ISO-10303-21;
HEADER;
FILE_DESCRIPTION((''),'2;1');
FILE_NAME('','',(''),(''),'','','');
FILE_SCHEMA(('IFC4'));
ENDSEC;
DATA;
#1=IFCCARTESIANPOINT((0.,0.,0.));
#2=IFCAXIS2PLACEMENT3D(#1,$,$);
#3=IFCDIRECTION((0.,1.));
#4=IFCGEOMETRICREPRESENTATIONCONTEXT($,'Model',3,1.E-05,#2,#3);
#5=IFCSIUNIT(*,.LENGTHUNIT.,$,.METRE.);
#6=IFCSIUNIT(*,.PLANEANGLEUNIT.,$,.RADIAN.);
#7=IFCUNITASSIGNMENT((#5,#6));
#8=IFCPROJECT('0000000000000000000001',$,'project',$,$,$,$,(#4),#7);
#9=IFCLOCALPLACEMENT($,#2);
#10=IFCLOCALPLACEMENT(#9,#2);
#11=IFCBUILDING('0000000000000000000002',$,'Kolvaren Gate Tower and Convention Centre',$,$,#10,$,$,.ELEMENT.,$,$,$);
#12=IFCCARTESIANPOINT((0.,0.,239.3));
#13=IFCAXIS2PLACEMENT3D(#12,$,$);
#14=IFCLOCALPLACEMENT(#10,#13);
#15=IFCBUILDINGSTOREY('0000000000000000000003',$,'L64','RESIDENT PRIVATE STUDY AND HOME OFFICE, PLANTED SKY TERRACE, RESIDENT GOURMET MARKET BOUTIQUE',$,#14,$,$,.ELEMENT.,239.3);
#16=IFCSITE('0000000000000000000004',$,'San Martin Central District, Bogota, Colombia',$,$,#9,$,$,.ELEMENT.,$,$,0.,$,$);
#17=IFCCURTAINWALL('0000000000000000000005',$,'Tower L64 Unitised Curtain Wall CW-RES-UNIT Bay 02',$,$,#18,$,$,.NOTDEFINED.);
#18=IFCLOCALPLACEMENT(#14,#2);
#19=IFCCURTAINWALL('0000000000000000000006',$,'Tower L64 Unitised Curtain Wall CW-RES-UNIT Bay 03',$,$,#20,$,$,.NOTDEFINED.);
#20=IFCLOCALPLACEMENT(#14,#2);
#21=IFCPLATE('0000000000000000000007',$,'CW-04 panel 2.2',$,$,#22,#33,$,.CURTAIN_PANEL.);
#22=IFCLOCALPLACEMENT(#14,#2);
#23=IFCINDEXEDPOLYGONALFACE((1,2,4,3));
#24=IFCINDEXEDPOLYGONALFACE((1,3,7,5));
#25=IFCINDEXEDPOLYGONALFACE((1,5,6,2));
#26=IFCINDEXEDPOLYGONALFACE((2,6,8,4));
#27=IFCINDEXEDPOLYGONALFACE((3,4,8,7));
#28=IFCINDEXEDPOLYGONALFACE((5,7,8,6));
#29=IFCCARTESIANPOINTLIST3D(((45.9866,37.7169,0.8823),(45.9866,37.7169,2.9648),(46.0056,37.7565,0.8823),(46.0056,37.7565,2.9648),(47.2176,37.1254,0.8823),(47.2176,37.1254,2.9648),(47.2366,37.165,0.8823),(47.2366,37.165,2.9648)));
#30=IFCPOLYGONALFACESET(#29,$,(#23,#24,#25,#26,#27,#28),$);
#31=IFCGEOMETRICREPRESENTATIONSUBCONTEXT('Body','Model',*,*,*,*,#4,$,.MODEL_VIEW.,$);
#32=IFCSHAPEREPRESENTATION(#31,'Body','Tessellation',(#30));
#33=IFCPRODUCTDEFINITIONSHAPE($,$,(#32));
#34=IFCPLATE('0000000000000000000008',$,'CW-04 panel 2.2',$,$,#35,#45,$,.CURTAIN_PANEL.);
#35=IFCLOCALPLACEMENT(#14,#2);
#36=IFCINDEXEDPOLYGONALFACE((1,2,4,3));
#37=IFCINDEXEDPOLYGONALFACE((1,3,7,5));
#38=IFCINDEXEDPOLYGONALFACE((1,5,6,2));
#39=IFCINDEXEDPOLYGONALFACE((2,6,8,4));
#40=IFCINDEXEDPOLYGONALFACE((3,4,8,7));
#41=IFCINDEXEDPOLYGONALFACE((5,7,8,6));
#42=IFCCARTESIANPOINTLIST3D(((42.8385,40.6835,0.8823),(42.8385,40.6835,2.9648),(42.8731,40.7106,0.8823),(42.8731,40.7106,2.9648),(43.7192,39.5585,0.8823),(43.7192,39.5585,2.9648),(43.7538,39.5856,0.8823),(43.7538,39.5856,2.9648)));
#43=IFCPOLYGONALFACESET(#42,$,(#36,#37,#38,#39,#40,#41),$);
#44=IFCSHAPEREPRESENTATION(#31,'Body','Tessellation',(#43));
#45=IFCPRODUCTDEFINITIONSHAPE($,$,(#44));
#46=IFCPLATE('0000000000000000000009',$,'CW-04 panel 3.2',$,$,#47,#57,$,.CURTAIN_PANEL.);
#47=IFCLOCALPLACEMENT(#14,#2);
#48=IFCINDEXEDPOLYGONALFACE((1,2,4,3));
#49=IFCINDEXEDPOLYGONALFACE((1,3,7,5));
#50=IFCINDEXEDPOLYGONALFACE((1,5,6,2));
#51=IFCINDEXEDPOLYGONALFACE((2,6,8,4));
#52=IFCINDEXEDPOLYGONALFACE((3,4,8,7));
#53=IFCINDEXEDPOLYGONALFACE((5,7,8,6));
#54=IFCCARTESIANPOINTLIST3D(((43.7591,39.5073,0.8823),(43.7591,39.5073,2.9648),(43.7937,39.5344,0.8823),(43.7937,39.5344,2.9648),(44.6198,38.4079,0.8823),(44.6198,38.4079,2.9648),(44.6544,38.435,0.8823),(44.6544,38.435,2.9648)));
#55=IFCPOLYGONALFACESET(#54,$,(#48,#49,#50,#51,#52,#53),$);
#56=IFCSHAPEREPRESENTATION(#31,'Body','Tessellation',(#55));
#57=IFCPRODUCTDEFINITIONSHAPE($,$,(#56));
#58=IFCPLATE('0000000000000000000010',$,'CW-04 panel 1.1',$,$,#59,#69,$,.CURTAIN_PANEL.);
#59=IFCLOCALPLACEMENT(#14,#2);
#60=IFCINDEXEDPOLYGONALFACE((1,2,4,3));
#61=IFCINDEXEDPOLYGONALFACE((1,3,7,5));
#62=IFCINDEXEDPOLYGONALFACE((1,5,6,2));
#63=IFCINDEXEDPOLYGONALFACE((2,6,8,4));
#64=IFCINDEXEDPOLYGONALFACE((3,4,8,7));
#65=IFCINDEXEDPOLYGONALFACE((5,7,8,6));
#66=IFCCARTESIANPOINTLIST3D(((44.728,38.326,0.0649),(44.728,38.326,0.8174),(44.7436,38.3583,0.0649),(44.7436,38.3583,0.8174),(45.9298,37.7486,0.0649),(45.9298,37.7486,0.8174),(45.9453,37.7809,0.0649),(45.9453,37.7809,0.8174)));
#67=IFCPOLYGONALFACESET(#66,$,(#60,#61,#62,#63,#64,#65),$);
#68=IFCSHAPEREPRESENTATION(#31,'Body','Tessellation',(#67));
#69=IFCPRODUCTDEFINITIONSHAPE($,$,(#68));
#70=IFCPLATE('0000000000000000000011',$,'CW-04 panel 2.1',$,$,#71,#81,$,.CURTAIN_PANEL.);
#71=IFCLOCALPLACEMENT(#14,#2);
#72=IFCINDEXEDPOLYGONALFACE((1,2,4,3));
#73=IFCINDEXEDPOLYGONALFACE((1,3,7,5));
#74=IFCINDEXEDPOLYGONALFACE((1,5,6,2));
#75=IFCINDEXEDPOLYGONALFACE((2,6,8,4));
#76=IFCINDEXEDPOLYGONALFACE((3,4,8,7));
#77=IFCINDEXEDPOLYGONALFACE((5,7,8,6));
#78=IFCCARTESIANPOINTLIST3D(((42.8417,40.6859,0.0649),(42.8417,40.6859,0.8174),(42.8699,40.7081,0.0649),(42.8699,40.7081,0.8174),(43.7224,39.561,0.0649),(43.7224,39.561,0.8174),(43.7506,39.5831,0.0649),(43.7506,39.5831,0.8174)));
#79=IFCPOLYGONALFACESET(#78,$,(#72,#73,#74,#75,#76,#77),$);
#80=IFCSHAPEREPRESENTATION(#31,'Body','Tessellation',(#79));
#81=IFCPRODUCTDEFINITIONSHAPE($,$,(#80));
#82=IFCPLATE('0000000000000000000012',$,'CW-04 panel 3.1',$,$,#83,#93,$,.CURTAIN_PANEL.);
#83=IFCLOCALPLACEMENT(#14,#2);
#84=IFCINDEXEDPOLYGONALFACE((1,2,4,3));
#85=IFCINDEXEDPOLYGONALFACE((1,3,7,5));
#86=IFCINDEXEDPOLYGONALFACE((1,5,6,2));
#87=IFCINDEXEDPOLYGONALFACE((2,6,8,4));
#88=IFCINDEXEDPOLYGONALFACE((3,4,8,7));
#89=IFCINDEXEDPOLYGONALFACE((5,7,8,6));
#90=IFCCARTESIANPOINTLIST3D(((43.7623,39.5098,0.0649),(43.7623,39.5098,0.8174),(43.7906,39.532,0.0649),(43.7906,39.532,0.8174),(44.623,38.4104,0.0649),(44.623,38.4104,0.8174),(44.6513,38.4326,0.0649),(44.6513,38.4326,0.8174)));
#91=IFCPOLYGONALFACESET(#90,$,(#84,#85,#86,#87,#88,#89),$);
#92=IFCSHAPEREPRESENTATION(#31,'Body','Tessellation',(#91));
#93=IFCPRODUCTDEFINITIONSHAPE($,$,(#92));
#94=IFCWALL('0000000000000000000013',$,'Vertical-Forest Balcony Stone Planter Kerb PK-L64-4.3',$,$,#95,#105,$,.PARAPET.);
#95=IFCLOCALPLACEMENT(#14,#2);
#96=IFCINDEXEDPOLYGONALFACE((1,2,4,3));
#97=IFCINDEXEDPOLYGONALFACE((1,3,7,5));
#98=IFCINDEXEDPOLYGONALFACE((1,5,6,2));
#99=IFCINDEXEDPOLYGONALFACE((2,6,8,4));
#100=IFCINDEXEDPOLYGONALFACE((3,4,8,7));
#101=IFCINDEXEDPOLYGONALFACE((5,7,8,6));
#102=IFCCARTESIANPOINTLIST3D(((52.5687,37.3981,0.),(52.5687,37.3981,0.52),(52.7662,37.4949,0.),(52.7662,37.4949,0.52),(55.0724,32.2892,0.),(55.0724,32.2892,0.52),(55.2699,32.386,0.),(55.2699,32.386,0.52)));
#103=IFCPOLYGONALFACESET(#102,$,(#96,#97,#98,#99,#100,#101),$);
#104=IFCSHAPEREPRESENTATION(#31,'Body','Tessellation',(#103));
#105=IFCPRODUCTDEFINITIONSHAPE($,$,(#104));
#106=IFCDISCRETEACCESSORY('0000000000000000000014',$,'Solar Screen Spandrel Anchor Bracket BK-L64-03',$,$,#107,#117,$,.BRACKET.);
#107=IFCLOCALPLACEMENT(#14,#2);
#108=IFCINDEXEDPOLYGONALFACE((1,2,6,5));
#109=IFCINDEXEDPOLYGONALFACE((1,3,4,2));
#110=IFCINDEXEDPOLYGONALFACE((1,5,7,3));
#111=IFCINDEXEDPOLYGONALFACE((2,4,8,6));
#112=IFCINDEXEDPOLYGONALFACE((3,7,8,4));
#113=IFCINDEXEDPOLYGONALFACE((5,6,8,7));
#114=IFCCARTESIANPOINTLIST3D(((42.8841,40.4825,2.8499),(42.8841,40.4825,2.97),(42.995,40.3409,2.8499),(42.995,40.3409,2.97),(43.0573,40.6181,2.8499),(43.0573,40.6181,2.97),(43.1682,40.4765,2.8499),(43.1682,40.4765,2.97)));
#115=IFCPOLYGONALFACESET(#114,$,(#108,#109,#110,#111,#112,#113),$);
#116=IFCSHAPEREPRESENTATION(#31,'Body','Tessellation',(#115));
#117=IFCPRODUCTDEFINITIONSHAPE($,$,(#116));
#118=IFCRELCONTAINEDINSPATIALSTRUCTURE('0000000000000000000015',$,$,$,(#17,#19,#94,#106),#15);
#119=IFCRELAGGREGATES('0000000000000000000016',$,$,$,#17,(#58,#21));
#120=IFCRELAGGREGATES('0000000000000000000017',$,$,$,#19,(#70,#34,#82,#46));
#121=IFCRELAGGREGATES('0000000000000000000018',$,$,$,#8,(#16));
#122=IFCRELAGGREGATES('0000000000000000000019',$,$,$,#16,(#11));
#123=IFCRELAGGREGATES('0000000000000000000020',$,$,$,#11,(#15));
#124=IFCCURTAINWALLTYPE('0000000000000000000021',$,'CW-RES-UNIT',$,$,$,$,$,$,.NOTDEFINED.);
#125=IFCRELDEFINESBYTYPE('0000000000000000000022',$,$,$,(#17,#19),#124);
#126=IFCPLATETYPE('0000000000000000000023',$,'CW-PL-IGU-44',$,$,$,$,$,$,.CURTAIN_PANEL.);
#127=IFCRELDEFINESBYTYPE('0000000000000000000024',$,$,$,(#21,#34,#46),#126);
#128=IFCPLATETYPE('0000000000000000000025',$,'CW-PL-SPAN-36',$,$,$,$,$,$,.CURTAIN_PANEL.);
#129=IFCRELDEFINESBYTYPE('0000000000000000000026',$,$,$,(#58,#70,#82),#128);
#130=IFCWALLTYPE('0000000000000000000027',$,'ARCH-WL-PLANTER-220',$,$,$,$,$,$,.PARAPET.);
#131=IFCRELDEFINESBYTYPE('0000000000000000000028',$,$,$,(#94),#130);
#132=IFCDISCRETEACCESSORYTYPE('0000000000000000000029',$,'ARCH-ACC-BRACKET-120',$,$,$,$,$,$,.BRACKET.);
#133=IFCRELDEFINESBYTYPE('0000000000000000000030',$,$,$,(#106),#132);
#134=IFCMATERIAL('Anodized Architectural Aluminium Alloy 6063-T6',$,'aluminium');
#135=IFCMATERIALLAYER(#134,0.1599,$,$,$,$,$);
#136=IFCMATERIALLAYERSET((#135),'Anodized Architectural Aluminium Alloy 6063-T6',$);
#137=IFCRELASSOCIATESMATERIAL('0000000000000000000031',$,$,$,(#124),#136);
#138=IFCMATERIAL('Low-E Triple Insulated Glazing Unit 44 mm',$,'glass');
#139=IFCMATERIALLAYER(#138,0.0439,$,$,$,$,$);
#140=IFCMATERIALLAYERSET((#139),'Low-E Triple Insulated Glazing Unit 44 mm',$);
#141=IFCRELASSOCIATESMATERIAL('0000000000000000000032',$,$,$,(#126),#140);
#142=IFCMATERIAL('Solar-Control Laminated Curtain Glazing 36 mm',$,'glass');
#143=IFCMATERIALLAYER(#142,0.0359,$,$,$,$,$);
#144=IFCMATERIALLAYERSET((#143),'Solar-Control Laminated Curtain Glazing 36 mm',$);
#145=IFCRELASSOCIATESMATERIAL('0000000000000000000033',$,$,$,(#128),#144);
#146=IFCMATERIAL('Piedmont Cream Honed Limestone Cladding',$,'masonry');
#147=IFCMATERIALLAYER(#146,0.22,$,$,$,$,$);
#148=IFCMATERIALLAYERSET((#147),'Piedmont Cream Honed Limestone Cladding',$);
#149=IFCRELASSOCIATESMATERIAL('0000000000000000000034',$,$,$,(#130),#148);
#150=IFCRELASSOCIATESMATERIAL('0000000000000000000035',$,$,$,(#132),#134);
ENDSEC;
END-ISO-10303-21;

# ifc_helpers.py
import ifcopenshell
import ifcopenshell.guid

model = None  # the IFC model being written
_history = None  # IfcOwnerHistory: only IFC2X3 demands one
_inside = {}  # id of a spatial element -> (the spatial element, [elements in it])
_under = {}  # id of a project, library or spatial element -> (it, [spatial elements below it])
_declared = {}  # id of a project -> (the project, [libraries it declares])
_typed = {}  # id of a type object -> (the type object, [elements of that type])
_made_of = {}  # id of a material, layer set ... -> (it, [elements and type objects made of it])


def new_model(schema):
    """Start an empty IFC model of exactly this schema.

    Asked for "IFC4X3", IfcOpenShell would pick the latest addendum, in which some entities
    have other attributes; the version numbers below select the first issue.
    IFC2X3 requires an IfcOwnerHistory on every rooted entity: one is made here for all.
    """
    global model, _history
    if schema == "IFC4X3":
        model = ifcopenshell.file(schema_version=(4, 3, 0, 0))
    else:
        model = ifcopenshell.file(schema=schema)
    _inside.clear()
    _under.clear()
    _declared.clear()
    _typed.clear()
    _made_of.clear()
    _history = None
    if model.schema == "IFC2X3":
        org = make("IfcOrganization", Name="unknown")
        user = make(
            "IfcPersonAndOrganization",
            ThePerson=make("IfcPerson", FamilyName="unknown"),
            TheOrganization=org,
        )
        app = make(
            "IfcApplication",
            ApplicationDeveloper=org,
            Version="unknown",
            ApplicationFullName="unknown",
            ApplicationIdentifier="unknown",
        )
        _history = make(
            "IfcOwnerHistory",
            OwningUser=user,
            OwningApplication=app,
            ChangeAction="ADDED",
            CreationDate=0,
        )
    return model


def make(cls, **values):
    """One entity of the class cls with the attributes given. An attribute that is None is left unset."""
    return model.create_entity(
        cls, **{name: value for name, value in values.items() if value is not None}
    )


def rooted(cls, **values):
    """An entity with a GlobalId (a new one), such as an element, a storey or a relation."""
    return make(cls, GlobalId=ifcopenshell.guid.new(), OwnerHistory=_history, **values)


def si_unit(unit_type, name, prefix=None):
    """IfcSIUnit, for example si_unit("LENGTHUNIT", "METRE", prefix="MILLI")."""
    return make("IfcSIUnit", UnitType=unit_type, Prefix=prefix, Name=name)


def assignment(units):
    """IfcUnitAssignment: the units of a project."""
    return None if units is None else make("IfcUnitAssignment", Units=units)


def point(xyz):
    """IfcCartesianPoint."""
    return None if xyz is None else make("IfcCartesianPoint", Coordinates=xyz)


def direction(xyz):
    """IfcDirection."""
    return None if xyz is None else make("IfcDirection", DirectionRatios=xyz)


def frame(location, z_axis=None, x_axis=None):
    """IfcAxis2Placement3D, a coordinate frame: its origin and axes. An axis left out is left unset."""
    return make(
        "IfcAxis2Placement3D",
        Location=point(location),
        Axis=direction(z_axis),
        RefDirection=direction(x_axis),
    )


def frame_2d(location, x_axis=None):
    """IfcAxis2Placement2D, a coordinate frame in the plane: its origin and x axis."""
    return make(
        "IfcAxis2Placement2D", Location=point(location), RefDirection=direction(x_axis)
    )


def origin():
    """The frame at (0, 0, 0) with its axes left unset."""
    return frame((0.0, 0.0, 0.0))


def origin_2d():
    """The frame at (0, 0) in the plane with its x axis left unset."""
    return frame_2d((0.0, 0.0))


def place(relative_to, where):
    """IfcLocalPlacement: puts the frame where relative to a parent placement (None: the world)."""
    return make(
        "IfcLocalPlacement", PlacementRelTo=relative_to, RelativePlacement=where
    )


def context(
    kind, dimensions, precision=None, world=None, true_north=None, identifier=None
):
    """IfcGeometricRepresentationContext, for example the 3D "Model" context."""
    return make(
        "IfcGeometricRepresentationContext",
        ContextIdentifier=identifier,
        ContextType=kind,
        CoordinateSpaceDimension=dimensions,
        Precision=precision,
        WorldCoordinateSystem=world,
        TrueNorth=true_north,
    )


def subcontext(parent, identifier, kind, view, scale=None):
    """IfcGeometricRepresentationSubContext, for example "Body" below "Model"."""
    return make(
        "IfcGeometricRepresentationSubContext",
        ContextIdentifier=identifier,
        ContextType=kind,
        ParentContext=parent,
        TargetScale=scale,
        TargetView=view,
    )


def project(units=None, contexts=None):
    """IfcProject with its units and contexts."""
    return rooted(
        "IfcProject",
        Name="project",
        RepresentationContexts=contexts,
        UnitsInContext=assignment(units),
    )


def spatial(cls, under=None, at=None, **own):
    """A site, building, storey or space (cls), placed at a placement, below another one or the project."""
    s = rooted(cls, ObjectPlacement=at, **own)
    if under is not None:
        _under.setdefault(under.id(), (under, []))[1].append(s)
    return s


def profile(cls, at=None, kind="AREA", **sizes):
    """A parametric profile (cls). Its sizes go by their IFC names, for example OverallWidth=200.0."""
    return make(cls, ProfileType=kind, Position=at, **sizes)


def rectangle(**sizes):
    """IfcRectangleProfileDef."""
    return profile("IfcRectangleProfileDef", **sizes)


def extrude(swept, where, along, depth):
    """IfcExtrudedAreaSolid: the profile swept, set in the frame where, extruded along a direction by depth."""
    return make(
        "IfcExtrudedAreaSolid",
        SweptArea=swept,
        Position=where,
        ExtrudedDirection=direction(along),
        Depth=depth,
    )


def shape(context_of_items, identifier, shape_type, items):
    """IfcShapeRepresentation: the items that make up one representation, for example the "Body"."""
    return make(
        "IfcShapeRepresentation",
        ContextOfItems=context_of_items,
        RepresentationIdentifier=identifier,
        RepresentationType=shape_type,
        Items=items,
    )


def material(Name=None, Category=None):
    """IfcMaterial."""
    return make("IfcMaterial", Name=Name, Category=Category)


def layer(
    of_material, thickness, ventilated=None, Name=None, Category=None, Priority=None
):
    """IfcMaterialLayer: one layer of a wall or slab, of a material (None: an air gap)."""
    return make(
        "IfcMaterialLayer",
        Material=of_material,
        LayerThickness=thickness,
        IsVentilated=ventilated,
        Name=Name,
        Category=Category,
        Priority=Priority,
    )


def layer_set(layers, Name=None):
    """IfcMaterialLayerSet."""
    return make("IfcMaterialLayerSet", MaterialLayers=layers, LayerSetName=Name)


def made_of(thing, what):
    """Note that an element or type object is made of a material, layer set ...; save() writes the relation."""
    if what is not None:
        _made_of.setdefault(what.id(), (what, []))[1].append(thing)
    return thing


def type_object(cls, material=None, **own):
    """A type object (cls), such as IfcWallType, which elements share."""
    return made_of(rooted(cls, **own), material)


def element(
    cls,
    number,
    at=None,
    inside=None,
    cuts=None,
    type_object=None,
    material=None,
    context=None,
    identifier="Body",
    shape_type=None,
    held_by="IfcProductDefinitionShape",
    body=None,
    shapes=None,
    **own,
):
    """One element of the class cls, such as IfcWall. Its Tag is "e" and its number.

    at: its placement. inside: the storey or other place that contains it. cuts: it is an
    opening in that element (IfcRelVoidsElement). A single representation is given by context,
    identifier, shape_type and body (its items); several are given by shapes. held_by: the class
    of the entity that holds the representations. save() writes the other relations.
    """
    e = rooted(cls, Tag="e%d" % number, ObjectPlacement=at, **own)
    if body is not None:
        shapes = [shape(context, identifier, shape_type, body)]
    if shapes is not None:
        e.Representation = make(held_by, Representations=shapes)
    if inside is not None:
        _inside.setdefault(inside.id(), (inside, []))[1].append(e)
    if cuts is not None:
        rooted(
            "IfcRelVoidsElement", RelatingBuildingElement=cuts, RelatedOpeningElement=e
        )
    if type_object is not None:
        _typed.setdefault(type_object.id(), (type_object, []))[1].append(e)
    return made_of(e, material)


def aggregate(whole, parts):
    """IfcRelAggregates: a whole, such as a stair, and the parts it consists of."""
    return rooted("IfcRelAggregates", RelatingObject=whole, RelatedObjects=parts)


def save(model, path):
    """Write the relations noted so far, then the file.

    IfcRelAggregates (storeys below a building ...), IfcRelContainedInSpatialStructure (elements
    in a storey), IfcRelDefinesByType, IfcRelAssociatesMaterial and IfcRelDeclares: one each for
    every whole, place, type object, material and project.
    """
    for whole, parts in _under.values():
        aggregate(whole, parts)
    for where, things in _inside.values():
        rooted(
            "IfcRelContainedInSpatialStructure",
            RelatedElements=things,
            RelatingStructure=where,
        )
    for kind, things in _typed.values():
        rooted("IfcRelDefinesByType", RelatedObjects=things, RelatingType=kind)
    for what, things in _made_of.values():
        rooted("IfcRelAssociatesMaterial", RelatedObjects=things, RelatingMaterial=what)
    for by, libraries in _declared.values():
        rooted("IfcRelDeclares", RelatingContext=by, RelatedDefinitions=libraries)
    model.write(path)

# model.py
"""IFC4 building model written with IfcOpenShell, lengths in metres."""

from ifc_helpers import new_model, si_unit, direction, frame, frame_2d, origin, origin_2d, place, context, subcontext, project, spatial, rectangle, extrude, material, layer, layer_set, type_object, element, aggregate, save


model = new_model("IFC4")

# Units and contexts
model_context = context("Model", 3, precision=1e-05, world=origin(), true_north=direction((0.0, 1.0)))
body_context = subcontext(model_context, "Body", "Model", "MODEL_VIEW")
ifc_project = project(units=[si_unit("LENGTHUNIT", "METRE"), si_unit("PLANEANGLEUNIT", "RADIAN")], contexts=[model_context])

# Site, building, storey
site_placement = place(None, origin())
site = spatial("IfcSite", under=ifc_project, at=site_placement, Name="San Martin Central District, Bogota, Colombia", CompositionType="ELEMENT", RefElevation=0.0)
building_placement = place(site_placement, origin())
building = spatial("IfcBuilding", under=site, at=building_placement, Name="Kolvaren Gate Tower and Convention Centre", CompositionType="ELEMENT")
storey_placement = place(building_placement, frame((0.0, 0.0, 239.3)))
storey = spatial("IfcBuildingStorey", under=building, at=storey_placement, Name="L64", Description="RESIDENT PRIVATE STUDY AND HOME OFFICE, PLANTED SKY TERRACE, RESIDENT GOURMET MARKET BOUTIQUE", CompositionType="ELEMENT", Elevation=239.3)

# Curtain walls
ifc_material_1 = material(Name="Anodized Architectural Aluminium Alloy 6063-T6", Category="aluminium")
ifc_layer_1 = layer(ifc_material_1, 0.1599)
ifc_layer_set_1 = layer_set([ifc_layer_1], Name="Anodized Architectural Aluminium Alloy 6063-T6")
curtain_wall_type = type_object("IfcCurtainWallType", Name="CW-RES-UNIT", PredefinedType="NOTDEFINED", material=ifc_layer_set_1)
curtain_wall_1_placement = place(storey_placement, origin())
curtain_wall_1 = element("IfcCurtainWall", 1, at=curtain_wall_1_placement, inside=storey, type_object=curtain_wall_type, Name="Tower L64 Unitised Curtain Wall CW-RES-UNIT Bay 02", PredefinedType="NOTDEFINED")
curtain_wall_2_placement = place(storey_placement, origin())
curtain_wall_2 = element("IfcCurtainWall", 2, at=curtain_wall_2_placement, inside=storey, type_object=curtain_wall_type, Name="Tower L64 Unitised Curtain Wall CW-RES-UNIT Bay 03", PredefinedType="NOTDEFINED")

# Plates
ifc_material_2 = material(Name="Low-E Triple Insulated Glazing Unit 44 mm", Category="glass")
ifc_layer_2 = layer(ifc_material_2, 0.0439)
ifc_layer_set_2 = layer_set([ifc_layer_2], Name="Low-E Triple Insulated Glazing Unit 44 mm")
plate_type_1 = type_object("IfcPlateType", Name="CW-PL-IGU-44", PredefinedType="CURTAIN_PANEL", material=ifc_layer_set_2)
plate_1_placement = place(storey_placement, frame((46.6116, 37.4409, 0.8823), z_axis=(0.0, 0.0, 1.0), x_axis=(0.901353, -0.433086, 0.0)))
plate_1 = element("IfcPlate", 3, at=plate_1_placement, type_object=plate_type_1, Name="CW-04 panel 2.2", PredefinedType="CURTAIN_PANEL", context=body_context, shape_type="SweptSolid", body=[
    extrude(rectangle(XDim=1.3657, YDim=0.0439, at=origin_2d()), origin(), (0.0, 0.0, 1.0), 2.0825),
])
plate_2_placement = place(storey_placement, frame((43.2961, 40.1345, 0.8823), z_axis=(0.0, 0.0, 1.0), x_axis=(0.616439, -0.787403, 0.0)))
plate_2 = element("IfcPlate", 4, at=plate_2_placement, type_object=plate_type_1, Name="CW-04 panel 2.2", PredefinedType="CURTAIN_PANEL", context=body_context, shape_type="SweptSolid", body=[
    extrude(rectangle(XDim=1.4287, YDim=0.0439, at=origin_2d()), origin(), (0.0, 0.0, 1.0), 2.0825),
])
plate_3_placement = place(storey_placement, frame((44.2068, 38.9712, 0.8823), z_axis=(0.0, 0.0, 1.0), x_axis=(0.616439, -0.787403, 0.0)))
plate_3 = element("IfcPlate", 5, at=plate_3_placement, type_object=plate_type_1, Name="CW-04 panel 3.2", PredefinedType="CURTAIN_PANEL", context=body_context, shape_type="SweptSolid", body=[
    extrude(rectangle(XDim=1.3962, YDim=0.0439, at=origin_2d()), origin(), (0.0, 0.0, 1.0), 2.0825),
])
ifc_material_3 = material(Name="Solar-Control Laminated Curtain Glazing 36 mm", Category="glass")
ifc_layer_3 = layer(ifc_material_3, 0.0359)
ifc_layer_set_3 = layer_set([ifc_layer_3], Name="Solar-Control Laminated Curtain Glazing 36 mm")
plate_type_2 = type_object("IfcPlateType", Name="CW-PL-SPAN-36", PredefinedType="CURTAIN_PANEL", material=ifc_layer_set_3)
plate_4_placement = place(storey_placement, frame((45.3367, 38.0535, 0.0649), z_axis=(0.0, 0.0, 1.0), x_axis=(0.901353, -0.433086, 0.0)))
plate_4 = element("IfcPlate", 6, at=plate_4_placement, type_object=plate_type_2, Name="CW-04 panel 1.1", PredefinedType="CURTAIN_PANEL", context=body_context, shape_type="SweptSolid", body=[
    extrude(rectangle(XDim=1.3333, YDim=0.0359, at=origin_2d()), origin(), (0.0, 0.0, 1.0), 0.7524),
])
aggregate(curtain_wall_1, [plate_4, plate_1])
plate_5_placement = place(storey_placement, frame((43.2961, 40.1345, 0.0649), z_axis=(0.0, 0.0, 1.0), x_axis=(0.616439, -0.787403, 0.0)))
plate_5 = element("IfcPlate", 7, at=plate_5_placement, type_object=plate_type_2, Name="CW-04 panel 2.1", PredefinedType="CURTAIN_PANEL", context=body_context, shape_type="SweptSolid", body=[
    extrude(rectangle(XDim=1.4287, YDim=0.0359, at=origin_2d()), origin(), (0.0, 0.0, 1.0), 0.7524),
])
plate_6_placement = place(storey_placement, frame((44.2068, 38.9712, 0.0649), z_axis=(0.0, 0.0, 1.0), x_axis=(0.616439, -0.787403, 0.0)))
plate_6 = element("IfcPlate", 8, at=plate_6_placement, type_object=plate_type_2, Name="CW-04 panel 3.1", PredefinedType="CURTAIN_PANEL", context=body_context, shape_type="SweptSolid", body=[
    extrude(rectangle(XDim=1.3962, YDim=0.0359, at=origin_2d()), origin(), (0.0, 0.0, 1.0), 0.7524),
])
aggregate(curtain_wall_2, [plate_5, plate_2, plate_6, plate_3])

# Wall
ifc_material_4 = material(Name="Piedmont Cream Honed Limestone Cladding", Category="masonry")
ifc_layer_4 = layer(ifc_material_4, 0.22)
ifc_layer_set_4 = layer_set([ifc_layer_4], Name="Piedmont Cream Honed Limestone Cladding")
wall_type = type_object("IfcWallType", Name="ARCH-WL-PLANTER-220", PredefinedType="PARAPET", material=ifc_layer_set_4)
wall_placement = place(storey_placement, frame((52.6675, 37.4465, 0.0), z_axis=(0.0, 0.0, 1.0), x_axis=(0.440059, -0.897969, 0.0)))
element("IfcWall", 9, at=wall_placement, inside=storey, type_object=wall_type, Name="Vertical-Forest Balcony Stone Planter Kerb PK-L64-4.3", PredefinedType="PARAPET", context=body_context, shape_type="SweptSolid", body=[
    extrude(rectangle(XDim=5.6895, YDim=0.22, at=frame_2d((2.8447, 0.0))), origin(), (0.0, 0.0, 1.0), 0.52),
])

# Discrete accessory
discrete_accessory_type = type_object("IfcDiscreteAccessoryType", Name="ARCH-ACC-BRACKET-120", PredefinedType="BRACKET", material=ifc_material_1)
discrete_accessory_placement = place(storey_placement, frame((43.0261, 40.4795, 2.8499), z_axis=(0.0, 0.0, 1.0), x_axis=(0.616435, -0.787405, 0.0)))
element("IfcDiscreteAccessory", 10, at=discrete_accessory_placement, inside=storey, type_object=discrete_accessory_type, Name="Solar Screen Spandrel Anchor Bracket BK-L64-03", PredefinedType="BRACKET", context=body_context, shape_type="SweptSolid", body=[
    extrude(rectangle(XDim=0.1799, YDim=0.22, at=origin_2d()), origin(), (0.0, 0.0, 1.0), 0.1201),
])

save(model, "model.ifc")
